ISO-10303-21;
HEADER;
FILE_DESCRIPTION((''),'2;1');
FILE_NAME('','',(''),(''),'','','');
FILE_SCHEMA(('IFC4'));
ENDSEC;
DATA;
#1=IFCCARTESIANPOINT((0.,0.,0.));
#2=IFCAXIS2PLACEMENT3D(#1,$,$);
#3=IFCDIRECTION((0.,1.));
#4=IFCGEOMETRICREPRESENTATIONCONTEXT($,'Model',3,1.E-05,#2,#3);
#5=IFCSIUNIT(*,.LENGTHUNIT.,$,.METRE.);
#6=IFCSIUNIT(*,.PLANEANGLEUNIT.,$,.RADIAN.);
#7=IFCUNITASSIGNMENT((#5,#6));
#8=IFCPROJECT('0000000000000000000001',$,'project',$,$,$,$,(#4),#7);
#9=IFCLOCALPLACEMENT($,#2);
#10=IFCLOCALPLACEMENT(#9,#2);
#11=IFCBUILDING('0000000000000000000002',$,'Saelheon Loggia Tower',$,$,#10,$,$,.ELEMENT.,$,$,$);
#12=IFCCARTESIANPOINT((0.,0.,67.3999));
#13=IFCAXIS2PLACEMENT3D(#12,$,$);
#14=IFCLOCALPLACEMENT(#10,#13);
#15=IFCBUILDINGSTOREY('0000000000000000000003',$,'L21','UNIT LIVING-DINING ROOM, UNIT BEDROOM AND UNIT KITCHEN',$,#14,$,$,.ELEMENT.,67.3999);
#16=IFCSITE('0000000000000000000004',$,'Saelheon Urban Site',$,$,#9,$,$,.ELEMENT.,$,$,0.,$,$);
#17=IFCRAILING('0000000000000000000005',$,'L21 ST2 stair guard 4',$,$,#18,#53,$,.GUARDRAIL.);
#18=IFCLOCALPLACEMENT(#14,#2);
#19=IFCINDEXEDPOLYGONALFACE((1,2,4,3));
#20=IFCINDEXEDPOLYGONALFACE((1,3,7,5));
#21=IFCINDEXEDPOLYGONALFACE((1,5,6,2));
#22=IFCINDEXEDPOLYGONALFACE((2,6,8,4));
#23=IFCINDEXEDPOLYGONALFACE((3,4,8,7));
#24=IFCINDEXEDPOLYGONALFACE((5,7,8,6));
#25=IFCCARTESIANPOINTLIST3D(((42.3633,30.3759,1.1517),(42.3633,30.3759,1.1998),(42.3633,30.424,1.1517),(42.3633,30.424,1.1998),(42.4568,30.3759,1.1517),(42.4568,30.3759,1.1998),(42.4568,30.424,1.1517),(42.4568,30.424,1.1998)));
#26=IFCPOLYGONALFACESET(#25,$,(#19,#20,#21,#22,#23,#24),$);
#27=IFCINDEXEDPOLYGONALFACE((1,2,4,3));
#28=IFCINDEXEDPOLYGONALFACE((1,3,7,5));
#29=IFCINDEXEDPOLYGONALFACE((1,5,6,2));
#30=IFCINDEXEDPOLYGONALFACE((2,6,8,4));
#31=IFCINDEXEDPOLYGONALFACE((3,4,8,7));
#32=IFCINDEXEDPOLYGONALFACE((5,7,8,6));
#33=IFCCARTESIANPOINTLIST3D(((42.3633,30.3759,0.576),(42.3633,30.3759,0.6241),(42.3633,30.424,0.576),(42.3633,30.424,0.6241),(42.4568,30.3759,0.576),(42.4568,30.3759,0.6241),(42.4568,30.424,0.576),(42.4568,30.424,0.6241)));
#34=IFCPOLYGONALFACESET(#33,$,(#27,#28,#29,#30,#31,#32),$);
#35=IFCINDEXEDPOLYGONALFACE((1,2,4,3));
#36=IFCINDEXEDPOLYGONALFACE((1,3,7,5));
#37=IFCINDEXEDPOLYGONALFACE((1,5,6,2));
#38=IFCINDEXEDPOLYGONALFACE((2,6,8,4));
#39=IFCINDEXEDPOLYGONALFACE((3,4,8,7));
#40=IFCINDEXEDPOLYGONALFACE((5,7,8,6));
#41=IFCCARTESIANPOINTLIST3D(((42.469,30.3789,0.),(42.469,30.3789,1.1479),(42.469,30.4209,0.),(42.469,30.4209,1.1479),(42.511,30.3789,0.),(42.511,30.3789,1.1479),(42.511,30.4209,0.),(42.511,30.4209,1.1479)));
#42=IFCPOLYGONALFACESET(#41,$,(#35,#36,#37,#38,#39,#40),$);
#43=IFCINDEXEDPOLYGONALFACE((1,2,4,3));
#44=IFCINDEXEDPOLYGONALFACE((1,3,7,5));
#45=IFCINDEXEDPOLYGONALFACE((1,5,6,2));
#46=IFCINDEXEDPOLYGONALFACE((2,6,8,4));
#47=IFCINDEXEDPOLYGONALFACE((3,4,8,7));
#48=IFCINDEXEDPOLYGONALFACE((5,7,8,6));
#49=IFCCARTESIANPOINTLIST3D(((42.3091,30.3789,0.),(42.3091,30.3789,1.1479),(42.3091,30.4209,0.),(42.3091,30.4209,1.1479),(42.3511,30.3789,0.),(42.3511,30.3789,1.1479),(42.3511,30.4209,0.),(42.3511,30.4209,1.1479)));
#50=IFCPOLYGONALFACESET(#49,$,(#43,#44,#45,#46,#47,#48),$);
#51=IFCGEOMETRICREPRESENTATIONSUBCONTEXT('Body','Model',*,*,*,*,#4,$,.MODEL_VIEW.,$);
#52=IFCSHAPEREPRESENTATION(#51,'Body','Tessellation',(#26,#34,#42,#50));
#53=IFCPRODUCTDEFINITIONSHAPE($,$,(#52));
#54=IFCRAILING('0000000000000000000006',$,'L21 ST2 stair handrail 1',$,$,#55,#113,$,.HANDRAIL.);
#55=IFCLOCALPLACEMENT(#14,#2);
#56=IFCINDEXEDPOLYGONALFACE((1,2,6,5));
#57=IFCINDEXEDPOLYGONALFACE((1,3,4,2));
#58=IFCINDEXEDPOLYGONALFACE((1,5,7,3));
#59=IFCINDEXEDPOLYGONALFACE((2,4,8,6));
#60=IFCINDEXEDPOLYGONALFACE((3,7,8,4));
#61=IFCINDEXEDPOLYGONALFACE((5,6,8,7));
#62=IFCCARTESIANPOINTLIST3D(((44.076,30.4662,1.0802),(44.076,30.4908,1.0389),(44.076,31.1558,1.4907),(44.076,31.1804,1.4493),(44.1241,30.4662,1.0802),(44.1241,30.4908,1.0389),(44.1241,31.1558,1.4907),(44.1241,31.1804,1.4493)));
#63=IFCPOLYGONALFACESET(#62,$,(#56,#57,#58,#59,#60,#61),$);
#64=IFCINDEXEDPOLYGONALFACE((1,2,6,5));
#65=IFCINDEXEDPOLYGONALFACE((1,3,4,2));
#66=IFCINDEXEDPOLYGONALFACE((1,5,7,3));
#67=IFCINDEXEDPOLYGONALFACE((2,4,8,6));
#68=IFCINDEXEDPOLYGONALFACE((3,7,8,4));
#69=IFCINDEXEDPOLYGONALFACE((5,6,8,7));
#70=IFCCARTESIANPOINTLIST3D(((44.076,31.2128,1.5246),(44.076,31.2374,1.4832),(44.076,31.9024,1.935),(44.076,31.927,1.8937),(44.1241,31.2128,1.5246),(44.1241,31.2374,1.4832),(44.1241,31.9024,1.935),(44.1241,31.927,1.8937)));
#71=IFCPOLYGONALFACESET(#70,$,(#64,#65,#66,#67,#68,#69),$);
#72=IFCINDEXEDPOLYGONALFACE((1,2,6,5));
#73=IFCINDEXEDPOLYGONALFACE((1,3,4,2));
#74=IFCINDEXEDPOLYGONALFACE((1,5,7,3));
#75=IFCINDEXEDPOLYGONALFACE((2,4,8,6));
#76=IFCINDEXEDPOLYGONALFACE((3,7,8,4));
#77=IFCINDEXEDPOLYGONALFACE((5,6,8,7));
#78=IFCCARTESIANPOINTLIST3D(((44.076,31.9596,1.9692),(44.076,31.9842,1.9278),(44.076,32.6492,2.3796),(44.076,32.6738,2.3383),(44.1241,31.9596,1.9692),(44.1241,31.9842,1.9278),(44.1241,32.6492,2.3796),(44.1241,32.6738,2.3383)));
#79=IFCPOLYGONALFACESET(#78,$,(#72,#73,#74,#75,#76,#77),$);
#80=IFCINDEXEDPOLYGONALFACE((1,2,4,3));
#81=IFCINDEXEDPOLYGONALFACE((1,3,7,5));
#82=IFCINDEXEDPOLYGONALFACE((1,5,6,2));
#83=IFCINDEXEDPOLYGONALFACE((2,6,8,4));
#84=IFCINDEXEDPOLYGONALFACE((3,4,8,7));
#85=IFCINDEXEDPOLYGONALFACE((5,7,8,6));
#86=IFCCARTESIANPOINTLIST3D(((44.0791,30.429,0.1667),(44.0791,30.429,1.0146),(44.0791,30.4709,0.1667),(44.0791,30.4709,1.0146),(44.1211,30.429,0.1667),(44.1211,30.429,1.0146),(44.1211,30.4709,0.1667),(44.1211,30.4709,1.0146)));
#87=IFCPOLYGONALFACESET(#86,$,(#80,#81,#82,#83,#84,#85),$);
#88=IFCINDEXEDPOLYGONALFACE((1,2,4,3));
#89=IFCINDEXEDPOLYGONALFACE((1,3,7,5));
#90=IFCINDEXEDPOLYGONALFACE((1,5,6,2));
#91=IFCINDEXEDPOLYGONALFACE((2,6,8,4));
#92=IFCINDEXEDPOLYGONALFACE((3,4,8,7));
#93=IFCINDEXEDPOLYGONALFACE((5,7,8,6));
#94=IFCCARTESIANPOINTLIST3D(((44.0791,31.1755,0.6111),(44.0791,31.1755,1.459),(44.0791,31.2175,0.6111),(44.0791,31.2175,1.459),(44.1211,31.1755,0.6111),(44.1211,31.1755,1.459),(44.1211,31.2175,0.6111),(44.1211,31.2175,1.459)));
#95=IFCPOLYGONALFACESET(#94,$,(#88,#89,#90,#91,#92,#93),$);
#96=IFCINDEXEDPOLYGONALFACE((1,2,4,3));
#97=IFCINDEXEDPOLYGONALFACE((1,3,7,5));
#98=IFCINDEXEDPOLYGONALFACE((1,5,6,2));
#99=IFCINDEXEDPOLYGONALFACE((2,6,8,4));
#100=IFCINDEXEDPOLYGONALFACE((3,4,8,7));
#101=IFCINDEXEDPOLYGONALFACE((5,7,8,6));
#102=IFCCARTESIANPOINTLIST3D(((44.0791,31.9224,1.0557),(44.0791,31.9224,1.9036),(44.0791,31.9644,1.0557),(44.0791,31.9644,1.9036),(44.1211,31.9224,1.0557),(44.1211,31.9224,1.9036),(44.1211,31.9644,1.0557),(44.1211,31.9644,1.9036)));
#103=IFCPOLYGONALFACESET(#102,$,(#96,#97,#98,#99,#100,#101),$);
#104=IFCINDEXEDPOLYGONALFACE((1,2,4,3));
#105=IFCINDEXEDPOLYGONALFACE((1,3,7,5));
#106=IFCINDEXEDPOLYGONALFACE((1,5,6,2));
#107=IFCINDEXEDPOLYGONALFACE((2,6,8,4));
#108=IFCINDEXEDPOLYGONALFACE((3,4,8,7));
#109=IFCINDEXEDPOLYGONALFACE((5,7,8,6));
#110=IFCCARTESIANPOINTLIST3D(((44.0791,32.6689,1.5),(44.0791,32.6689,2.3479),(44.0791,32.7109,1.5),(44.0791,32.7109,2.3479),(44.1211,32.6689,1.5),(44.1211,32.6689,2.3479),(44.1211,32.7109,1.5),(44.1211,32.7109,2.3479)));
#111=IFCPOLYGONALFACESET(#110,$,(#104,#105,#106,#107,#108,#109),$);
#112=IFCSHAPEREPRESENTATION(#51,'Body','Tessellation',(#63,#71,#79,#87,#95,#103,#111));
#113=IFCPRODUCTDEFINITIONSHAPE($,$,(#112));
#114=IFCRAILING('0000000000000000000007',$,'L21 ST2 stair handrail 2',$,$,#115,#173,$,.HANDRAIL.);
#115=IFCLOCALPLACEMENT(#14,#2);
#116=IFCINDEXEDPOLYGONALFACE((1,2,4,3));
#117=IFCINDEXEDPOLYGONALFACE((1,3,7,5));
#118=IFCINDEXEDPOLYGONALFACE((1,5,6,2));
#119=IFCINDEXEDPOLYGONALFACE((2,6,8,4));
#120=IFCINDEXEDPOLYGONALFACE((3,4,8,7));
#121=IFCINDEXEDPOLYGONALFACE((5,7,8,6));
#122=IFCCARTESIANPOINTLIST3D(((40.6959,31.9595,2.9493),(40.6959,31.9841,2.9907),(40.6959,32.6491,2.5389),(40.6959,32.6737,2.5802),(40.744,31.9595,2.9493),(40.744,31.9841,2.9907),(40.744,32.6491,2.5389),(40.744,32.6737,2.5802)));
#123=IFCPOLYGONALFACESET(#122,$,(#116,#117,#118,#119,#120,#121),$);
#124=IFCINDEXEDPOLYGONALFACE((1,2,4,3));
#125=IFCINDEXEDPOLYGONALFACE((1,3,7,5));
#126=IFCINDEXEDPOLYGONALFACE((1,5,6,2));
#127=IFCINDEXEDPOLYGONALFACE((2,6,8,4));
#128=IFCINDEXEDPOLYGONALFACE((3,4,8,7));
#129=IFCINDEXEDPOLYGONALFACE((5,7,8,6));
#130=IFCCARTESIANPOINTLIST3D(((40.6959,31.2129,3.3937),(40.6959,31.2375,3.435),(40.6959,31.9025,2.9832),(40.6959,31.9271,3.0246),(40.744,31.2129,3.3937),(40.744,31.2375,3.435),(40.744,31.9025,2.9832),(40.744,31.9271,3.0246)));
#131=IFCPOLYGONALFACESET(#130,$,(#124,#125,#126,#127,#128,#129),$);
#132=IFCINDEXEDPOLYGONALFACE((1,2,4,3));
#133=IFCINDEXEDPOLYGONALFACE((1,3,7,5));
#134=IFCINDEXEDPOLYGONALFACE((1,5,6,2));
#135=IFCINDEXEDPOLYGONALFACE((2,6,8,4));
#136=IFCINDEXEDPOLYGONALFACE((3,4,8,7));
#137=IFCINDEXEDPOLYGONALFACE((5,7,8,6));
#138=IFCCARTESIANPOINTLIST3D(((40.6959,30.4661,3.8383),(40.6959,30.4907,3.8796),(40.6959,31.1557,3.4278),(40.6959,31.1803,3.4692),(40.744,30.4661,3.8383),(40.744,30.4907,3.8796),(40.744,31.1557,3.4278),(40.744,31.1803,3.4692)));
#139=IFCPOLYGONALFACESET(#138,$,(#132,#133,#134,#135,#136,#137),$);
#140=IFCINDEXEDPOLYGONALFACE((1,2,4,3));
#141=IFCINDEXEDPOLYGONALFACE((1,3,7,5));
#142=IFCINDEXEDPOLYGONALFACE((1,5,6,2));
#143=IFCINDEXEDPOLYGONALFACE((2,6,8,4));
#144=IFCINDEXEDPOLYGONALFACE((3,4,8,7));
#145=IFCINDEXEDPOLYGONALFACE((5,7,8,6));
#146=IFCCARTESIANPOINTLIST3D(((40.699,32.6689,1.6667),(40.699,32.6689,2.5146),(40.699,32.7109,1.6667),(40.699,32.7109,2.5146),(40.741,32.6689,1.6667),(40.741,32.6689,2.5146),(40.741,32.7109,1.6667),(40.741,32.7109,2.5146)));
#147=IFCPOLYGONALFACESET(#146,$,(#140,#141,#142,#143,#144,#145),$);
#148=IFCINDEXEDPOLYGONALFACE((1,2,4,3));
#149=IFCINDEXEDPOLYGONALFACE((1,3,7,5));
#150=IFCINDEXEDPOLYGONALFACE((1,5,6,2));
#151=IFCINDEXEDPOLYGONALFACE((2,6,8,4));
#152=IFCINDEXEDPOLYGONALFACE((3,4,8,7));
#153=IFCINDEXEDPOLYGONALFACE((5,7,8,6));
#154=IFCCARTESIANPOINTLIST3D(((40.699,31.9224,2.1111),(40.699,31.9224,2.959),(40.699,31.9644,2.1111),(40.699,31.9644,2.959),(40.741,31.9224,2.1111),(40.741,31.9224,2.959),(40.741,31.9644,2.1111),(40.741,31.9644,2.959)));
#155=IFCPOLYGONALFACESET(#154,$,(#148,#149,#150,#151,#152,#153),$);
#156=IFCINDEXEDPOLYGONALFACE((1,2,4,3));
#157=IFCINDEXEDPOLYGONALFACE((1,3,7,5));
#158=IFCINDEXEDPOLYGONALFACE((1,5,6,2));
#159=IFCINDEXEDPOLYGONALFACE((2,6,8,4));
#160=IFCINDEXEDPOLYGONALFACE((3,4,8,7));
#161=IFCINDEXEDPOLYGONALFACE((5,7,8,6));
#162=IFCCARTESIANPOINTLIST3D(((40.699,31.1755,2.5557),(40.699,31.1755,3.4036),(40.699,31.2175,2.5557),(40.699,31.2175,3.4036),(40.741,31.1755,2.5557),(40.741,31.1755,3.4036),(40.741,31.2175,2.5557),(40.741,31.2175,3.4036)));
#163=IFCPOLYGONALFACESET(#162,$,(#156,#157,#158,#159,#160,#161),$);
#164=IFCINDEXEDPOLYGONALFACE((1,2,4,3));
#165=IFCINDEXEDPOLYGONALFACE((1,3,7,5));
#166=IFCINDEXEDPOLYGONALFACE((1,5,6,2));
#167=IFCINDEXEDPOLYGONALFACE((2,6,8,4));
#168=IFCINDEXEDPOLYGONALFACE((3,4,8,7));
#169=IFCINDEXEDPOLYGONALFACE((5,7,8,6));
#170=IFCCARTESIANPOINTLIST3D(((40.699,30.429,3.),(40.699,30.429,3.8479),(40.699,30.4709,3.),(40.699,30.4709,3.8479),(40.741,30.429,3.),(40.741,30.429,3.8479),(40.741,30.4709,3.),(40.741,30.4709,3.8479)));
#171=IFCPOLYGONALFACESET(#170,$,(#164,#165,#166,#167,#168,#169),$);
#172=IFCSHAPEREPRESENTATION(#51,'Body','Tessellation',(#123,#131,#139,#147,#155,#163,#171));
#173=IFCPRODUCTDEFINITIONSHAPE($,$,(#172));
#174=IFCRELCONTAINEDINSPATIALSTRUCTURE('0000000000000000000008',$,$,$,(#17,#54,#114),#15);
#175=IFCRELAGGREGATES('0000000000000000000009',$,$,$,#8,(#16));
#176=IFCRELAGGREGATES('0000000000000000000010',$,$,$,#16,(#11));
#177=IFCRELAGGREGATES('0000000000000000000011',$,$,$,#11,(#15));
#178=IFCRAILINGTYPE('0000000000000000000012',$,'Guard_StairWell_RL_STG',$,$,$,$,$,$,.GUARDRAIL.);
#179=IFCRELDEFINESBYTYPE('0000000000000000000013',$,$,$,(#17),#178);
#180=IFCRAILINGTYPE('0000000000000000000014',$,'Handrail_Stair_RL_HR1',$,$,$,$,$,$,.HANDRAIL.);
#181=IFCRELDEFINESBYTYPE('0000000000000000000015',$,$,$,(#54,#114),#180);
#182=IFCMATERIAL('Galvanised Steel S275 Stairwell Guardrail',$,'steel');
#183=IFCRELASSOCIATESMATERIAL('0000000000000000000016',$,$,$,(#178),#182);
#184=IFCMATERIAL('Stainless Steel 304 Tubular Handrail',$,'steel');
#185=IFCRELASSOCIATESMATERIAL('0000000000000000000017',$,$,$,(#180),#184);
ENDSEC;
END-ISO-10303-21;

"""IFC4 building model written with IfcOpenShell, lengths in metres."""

from ifc_helpers import new_model, si_unit, direction, frame, origin, origin_2d, place, context, subcontext, project, spatial, rectangle, extrude, material, type_object, element, save


model = new_model("IFC4")

# Units and contexts
model_context = context("Model", 3, precision=1e-05, world=origin(), true_north=direction((0.0, 1.0)))
body_context = subcontext(model_context, "Body", "Model", "MODEL_VIEW")
ifc_project = project(units=[si_unit("LENGTHUNIT", "METRE"), si_unit("PLANEANGLEUNIT", "RADIAN")], contexts=[model_context])

# Site, building, storey
site_placement = place(None, origin())
site = spatial("IfcSite", under=ifc_project, at=site_placement, Name="Saelheon Urban Site", CompositionType="ELEMENT", RefElevation=0.0)
building_placement = place(site_placement, origin())
building = spatial("IfcBuilding", under=site, at=building_placement, Name="Saelheon Loggia Tower", CompositionType="ELEMENT")
storey_placement = place(building_placement, frame((0.0, 0.0, 67.3999)))
storey = spatial("IfcBuildingStorey", under=building, at=storey_placement, Name="L21", Description="UNIT LIVING-DINING ROOM, UNIT BEDROOM AND UNIT KITCHEN", CompositionType="ELEMENT", Elevation=67.3999)

# Railings
ifc_material_1 = material(Name="Galvanised Steel S275 Stairwell Guardrail", Category="steel")
railing_type_1 = type_object("IfcRailingType", Name="Guard_StairWell_RL_STG", PredefinedType="GUARDRAIL", material=ifc_material_1)
railing_1_placement = place(storey_placement, frame((42.49, 30.3999, 0.0)))
element("IfcRailing", 1, at=railing_1_placement, inside=storey, type_object=railing_type_1, Name="L21 ST2 stair guard 4", PredefinedType="GUARDRAIL", context=body_context, shape_type="SweptSolid", body=[
    extrude(rectangle(XDim=0.0481, YDim=0.0481, at=origin_2d()), frame((-0.0332, 0.0, 1.1758), z_axis=(-1.0, 0.0, 0.0), x_axis=(0.0, -1.0, 0.0)), (0.0, 0.0, 1.0), 0.0935),
    extrude(rectangle(XDim=0.0481, YDim=0.0481, at=origin_2d()), frame((-0.0332, 0.0, 0.6001), z_axis=(-1.0, 0.0, 0.0), x_axis=(0.0, -1.0, 0.0)), (0.0, 0.0, 1.0), 0.0935),
    extrude(rectangle(XDim=0.042, YDim=0.042, at=origin_2d()), origin(), (0.0, 0.0, 1.0), 1.1479),
    extrude(rectangle(XDim=0.042, YDim=0.042, at=origin_2d()), frame((-0.1599, 0.0, 0.0)), (0.0, 0.0, 1.0), 1.1479),
])
ifc_material_2 = material(Name="Stainless Steel 304 Tubular Handrail", Category="steel")
railing_type_2 = type_object("IfcRailingType", Name="Handrail_Stair_RL_HR1", PredefinedType="HANDRAIL", material=ifc_material_2)
railing_2_placement = place(storey_placement, frame((44.1001, 30.45, 0.1667)))
element("IfcRailing", 2, at=railing_2_placement, inside=storey, type_object=railing_type_2, Name="L21 ST2 stair handrail 1", PredefinedType="HANDRAIL", context=body_context, shape_type="SweptSolid", body=[
    extrude(rectangle(XDim=0.0481, YDim=0.0481, at=origin_2d()), frame((0.0, 0.0286, 0.8928), z_axis=(0.0, 0.859306, 0.511462), x_axis=(-1.0, 0.0, 0.0)), (0.0, 0.0, 1.0), 0.8025),
    extrude(rectangle(XDim=0.0481, YDim=0.0481, at=origin_2d()), frame((0.0, 0.7751, 1.3372), z_axis=(0.0, 0.859306, 0.511462), x_axis=(-1.0, 0.0, 0.0)), (0.0, 0.0, 1.0), 0.8025),
    extrude(rectangle(XDim=0.0481, YDim=0.0481, at=origin_2d()), frame((0.0, 1.522, 1.7817), z_axis=(0.0, 0.859306, 0.511462), x_axis=(-1.0, 0.0, 0.0)), (0.0, 0.0, 1.0), 0.8025),
    extrude(rectangle(XDim=0.042, YDim=0.042, at=origin_2d()), origin(), (0.0, 0.0, 1.0), 0.8479),
    extrude(rectangle(XDim=0.042, YDim=0.042, at=origin_2d()), frame((0.0, 0.7466, 0.4443)), (0.0, 0.0, 1.0), 0.8479),
    extrude(rectangle(XDim=0.042, YDim=0.042, at=origin_2d()), frame((0.0, 1.4934, 0.8889)), (0.0, 0.0, 1.0), 0.8479),
    extrude(rectangle(XDim=0.042, YDim=0.042, at=origin_2d()), frame((0.0, 2.24, 1.3333)), (0.0, 0.0, 1.0), 0.8479),
])
railing_3_placement = place(storey_placement, frame((40.72, 32.6899, 1.6667)))
element("IfcRailing", 3, at=railing_3_placement, inside=storey, type_object=railing_type_2, Name="L21 ST2 stair handrail 2", PredefinedType="HANDRAIL", context=body_context, shape_type="SweptSolid", body=[
    extrude(rectangle(XDim=0.0481, YDim=0.0481, at=origin_2d()), frame((0.0, -0.0286, 0.8928), z_axis=(0.0, -0.859306, 0.511462), x_axis=(1.0, 0.0, 0.0)), (0.0, 0.0, 1.0), 0.8025),
    extrude(rectangle(XDim=0.0481, YDim=0.0481, at=origin_2d()), frame((0.0, -0.7751, 1.3372), z_axis=(0.0, -0.859306, 0.511462), x_axis=(1.0, 0.0, 0.0)), (0.0, 0.0, 1.0), 0.8025),
    extrude(rectangle(XDim=0.0481, YDim=0.0481, at=origin_2d()), frame((0.0, -1.522, 1.7817), z_axis=(0.0, -0.859306, 0.511462), x_axis=(1.0, 0.0, 0.0)), (0.0, 0.0, 1.0), 0.8025),
    extrude(rectangle(XDim=0.042, YDim=0.042, at=origin_2d()), origin(), (0.0, 0.0, 1.0), 0.8479),
    extrude(rectangle(XDim=0.042, YDim=0.042, at=origin_2d()), frame((0.0, -0.7466, 0.4443)), (0.0, 0.0, 1.0), 0.8479),
    extrude(rectangle(XDim=0.042, YDim=0.042, at=origin_2d()), frame((0.0, -1.4934, 0.8889)), (0.0, 0.0, 1.0), 0.8479),
    extrude(rectangle(XDim=0.042, YDim=0.042, at=origin_2d()), frame((0.0, -2.24, 1.3333)), (0.0, 0.0, 1.0), 0.8479),
])

save(model, "model.ifc")
